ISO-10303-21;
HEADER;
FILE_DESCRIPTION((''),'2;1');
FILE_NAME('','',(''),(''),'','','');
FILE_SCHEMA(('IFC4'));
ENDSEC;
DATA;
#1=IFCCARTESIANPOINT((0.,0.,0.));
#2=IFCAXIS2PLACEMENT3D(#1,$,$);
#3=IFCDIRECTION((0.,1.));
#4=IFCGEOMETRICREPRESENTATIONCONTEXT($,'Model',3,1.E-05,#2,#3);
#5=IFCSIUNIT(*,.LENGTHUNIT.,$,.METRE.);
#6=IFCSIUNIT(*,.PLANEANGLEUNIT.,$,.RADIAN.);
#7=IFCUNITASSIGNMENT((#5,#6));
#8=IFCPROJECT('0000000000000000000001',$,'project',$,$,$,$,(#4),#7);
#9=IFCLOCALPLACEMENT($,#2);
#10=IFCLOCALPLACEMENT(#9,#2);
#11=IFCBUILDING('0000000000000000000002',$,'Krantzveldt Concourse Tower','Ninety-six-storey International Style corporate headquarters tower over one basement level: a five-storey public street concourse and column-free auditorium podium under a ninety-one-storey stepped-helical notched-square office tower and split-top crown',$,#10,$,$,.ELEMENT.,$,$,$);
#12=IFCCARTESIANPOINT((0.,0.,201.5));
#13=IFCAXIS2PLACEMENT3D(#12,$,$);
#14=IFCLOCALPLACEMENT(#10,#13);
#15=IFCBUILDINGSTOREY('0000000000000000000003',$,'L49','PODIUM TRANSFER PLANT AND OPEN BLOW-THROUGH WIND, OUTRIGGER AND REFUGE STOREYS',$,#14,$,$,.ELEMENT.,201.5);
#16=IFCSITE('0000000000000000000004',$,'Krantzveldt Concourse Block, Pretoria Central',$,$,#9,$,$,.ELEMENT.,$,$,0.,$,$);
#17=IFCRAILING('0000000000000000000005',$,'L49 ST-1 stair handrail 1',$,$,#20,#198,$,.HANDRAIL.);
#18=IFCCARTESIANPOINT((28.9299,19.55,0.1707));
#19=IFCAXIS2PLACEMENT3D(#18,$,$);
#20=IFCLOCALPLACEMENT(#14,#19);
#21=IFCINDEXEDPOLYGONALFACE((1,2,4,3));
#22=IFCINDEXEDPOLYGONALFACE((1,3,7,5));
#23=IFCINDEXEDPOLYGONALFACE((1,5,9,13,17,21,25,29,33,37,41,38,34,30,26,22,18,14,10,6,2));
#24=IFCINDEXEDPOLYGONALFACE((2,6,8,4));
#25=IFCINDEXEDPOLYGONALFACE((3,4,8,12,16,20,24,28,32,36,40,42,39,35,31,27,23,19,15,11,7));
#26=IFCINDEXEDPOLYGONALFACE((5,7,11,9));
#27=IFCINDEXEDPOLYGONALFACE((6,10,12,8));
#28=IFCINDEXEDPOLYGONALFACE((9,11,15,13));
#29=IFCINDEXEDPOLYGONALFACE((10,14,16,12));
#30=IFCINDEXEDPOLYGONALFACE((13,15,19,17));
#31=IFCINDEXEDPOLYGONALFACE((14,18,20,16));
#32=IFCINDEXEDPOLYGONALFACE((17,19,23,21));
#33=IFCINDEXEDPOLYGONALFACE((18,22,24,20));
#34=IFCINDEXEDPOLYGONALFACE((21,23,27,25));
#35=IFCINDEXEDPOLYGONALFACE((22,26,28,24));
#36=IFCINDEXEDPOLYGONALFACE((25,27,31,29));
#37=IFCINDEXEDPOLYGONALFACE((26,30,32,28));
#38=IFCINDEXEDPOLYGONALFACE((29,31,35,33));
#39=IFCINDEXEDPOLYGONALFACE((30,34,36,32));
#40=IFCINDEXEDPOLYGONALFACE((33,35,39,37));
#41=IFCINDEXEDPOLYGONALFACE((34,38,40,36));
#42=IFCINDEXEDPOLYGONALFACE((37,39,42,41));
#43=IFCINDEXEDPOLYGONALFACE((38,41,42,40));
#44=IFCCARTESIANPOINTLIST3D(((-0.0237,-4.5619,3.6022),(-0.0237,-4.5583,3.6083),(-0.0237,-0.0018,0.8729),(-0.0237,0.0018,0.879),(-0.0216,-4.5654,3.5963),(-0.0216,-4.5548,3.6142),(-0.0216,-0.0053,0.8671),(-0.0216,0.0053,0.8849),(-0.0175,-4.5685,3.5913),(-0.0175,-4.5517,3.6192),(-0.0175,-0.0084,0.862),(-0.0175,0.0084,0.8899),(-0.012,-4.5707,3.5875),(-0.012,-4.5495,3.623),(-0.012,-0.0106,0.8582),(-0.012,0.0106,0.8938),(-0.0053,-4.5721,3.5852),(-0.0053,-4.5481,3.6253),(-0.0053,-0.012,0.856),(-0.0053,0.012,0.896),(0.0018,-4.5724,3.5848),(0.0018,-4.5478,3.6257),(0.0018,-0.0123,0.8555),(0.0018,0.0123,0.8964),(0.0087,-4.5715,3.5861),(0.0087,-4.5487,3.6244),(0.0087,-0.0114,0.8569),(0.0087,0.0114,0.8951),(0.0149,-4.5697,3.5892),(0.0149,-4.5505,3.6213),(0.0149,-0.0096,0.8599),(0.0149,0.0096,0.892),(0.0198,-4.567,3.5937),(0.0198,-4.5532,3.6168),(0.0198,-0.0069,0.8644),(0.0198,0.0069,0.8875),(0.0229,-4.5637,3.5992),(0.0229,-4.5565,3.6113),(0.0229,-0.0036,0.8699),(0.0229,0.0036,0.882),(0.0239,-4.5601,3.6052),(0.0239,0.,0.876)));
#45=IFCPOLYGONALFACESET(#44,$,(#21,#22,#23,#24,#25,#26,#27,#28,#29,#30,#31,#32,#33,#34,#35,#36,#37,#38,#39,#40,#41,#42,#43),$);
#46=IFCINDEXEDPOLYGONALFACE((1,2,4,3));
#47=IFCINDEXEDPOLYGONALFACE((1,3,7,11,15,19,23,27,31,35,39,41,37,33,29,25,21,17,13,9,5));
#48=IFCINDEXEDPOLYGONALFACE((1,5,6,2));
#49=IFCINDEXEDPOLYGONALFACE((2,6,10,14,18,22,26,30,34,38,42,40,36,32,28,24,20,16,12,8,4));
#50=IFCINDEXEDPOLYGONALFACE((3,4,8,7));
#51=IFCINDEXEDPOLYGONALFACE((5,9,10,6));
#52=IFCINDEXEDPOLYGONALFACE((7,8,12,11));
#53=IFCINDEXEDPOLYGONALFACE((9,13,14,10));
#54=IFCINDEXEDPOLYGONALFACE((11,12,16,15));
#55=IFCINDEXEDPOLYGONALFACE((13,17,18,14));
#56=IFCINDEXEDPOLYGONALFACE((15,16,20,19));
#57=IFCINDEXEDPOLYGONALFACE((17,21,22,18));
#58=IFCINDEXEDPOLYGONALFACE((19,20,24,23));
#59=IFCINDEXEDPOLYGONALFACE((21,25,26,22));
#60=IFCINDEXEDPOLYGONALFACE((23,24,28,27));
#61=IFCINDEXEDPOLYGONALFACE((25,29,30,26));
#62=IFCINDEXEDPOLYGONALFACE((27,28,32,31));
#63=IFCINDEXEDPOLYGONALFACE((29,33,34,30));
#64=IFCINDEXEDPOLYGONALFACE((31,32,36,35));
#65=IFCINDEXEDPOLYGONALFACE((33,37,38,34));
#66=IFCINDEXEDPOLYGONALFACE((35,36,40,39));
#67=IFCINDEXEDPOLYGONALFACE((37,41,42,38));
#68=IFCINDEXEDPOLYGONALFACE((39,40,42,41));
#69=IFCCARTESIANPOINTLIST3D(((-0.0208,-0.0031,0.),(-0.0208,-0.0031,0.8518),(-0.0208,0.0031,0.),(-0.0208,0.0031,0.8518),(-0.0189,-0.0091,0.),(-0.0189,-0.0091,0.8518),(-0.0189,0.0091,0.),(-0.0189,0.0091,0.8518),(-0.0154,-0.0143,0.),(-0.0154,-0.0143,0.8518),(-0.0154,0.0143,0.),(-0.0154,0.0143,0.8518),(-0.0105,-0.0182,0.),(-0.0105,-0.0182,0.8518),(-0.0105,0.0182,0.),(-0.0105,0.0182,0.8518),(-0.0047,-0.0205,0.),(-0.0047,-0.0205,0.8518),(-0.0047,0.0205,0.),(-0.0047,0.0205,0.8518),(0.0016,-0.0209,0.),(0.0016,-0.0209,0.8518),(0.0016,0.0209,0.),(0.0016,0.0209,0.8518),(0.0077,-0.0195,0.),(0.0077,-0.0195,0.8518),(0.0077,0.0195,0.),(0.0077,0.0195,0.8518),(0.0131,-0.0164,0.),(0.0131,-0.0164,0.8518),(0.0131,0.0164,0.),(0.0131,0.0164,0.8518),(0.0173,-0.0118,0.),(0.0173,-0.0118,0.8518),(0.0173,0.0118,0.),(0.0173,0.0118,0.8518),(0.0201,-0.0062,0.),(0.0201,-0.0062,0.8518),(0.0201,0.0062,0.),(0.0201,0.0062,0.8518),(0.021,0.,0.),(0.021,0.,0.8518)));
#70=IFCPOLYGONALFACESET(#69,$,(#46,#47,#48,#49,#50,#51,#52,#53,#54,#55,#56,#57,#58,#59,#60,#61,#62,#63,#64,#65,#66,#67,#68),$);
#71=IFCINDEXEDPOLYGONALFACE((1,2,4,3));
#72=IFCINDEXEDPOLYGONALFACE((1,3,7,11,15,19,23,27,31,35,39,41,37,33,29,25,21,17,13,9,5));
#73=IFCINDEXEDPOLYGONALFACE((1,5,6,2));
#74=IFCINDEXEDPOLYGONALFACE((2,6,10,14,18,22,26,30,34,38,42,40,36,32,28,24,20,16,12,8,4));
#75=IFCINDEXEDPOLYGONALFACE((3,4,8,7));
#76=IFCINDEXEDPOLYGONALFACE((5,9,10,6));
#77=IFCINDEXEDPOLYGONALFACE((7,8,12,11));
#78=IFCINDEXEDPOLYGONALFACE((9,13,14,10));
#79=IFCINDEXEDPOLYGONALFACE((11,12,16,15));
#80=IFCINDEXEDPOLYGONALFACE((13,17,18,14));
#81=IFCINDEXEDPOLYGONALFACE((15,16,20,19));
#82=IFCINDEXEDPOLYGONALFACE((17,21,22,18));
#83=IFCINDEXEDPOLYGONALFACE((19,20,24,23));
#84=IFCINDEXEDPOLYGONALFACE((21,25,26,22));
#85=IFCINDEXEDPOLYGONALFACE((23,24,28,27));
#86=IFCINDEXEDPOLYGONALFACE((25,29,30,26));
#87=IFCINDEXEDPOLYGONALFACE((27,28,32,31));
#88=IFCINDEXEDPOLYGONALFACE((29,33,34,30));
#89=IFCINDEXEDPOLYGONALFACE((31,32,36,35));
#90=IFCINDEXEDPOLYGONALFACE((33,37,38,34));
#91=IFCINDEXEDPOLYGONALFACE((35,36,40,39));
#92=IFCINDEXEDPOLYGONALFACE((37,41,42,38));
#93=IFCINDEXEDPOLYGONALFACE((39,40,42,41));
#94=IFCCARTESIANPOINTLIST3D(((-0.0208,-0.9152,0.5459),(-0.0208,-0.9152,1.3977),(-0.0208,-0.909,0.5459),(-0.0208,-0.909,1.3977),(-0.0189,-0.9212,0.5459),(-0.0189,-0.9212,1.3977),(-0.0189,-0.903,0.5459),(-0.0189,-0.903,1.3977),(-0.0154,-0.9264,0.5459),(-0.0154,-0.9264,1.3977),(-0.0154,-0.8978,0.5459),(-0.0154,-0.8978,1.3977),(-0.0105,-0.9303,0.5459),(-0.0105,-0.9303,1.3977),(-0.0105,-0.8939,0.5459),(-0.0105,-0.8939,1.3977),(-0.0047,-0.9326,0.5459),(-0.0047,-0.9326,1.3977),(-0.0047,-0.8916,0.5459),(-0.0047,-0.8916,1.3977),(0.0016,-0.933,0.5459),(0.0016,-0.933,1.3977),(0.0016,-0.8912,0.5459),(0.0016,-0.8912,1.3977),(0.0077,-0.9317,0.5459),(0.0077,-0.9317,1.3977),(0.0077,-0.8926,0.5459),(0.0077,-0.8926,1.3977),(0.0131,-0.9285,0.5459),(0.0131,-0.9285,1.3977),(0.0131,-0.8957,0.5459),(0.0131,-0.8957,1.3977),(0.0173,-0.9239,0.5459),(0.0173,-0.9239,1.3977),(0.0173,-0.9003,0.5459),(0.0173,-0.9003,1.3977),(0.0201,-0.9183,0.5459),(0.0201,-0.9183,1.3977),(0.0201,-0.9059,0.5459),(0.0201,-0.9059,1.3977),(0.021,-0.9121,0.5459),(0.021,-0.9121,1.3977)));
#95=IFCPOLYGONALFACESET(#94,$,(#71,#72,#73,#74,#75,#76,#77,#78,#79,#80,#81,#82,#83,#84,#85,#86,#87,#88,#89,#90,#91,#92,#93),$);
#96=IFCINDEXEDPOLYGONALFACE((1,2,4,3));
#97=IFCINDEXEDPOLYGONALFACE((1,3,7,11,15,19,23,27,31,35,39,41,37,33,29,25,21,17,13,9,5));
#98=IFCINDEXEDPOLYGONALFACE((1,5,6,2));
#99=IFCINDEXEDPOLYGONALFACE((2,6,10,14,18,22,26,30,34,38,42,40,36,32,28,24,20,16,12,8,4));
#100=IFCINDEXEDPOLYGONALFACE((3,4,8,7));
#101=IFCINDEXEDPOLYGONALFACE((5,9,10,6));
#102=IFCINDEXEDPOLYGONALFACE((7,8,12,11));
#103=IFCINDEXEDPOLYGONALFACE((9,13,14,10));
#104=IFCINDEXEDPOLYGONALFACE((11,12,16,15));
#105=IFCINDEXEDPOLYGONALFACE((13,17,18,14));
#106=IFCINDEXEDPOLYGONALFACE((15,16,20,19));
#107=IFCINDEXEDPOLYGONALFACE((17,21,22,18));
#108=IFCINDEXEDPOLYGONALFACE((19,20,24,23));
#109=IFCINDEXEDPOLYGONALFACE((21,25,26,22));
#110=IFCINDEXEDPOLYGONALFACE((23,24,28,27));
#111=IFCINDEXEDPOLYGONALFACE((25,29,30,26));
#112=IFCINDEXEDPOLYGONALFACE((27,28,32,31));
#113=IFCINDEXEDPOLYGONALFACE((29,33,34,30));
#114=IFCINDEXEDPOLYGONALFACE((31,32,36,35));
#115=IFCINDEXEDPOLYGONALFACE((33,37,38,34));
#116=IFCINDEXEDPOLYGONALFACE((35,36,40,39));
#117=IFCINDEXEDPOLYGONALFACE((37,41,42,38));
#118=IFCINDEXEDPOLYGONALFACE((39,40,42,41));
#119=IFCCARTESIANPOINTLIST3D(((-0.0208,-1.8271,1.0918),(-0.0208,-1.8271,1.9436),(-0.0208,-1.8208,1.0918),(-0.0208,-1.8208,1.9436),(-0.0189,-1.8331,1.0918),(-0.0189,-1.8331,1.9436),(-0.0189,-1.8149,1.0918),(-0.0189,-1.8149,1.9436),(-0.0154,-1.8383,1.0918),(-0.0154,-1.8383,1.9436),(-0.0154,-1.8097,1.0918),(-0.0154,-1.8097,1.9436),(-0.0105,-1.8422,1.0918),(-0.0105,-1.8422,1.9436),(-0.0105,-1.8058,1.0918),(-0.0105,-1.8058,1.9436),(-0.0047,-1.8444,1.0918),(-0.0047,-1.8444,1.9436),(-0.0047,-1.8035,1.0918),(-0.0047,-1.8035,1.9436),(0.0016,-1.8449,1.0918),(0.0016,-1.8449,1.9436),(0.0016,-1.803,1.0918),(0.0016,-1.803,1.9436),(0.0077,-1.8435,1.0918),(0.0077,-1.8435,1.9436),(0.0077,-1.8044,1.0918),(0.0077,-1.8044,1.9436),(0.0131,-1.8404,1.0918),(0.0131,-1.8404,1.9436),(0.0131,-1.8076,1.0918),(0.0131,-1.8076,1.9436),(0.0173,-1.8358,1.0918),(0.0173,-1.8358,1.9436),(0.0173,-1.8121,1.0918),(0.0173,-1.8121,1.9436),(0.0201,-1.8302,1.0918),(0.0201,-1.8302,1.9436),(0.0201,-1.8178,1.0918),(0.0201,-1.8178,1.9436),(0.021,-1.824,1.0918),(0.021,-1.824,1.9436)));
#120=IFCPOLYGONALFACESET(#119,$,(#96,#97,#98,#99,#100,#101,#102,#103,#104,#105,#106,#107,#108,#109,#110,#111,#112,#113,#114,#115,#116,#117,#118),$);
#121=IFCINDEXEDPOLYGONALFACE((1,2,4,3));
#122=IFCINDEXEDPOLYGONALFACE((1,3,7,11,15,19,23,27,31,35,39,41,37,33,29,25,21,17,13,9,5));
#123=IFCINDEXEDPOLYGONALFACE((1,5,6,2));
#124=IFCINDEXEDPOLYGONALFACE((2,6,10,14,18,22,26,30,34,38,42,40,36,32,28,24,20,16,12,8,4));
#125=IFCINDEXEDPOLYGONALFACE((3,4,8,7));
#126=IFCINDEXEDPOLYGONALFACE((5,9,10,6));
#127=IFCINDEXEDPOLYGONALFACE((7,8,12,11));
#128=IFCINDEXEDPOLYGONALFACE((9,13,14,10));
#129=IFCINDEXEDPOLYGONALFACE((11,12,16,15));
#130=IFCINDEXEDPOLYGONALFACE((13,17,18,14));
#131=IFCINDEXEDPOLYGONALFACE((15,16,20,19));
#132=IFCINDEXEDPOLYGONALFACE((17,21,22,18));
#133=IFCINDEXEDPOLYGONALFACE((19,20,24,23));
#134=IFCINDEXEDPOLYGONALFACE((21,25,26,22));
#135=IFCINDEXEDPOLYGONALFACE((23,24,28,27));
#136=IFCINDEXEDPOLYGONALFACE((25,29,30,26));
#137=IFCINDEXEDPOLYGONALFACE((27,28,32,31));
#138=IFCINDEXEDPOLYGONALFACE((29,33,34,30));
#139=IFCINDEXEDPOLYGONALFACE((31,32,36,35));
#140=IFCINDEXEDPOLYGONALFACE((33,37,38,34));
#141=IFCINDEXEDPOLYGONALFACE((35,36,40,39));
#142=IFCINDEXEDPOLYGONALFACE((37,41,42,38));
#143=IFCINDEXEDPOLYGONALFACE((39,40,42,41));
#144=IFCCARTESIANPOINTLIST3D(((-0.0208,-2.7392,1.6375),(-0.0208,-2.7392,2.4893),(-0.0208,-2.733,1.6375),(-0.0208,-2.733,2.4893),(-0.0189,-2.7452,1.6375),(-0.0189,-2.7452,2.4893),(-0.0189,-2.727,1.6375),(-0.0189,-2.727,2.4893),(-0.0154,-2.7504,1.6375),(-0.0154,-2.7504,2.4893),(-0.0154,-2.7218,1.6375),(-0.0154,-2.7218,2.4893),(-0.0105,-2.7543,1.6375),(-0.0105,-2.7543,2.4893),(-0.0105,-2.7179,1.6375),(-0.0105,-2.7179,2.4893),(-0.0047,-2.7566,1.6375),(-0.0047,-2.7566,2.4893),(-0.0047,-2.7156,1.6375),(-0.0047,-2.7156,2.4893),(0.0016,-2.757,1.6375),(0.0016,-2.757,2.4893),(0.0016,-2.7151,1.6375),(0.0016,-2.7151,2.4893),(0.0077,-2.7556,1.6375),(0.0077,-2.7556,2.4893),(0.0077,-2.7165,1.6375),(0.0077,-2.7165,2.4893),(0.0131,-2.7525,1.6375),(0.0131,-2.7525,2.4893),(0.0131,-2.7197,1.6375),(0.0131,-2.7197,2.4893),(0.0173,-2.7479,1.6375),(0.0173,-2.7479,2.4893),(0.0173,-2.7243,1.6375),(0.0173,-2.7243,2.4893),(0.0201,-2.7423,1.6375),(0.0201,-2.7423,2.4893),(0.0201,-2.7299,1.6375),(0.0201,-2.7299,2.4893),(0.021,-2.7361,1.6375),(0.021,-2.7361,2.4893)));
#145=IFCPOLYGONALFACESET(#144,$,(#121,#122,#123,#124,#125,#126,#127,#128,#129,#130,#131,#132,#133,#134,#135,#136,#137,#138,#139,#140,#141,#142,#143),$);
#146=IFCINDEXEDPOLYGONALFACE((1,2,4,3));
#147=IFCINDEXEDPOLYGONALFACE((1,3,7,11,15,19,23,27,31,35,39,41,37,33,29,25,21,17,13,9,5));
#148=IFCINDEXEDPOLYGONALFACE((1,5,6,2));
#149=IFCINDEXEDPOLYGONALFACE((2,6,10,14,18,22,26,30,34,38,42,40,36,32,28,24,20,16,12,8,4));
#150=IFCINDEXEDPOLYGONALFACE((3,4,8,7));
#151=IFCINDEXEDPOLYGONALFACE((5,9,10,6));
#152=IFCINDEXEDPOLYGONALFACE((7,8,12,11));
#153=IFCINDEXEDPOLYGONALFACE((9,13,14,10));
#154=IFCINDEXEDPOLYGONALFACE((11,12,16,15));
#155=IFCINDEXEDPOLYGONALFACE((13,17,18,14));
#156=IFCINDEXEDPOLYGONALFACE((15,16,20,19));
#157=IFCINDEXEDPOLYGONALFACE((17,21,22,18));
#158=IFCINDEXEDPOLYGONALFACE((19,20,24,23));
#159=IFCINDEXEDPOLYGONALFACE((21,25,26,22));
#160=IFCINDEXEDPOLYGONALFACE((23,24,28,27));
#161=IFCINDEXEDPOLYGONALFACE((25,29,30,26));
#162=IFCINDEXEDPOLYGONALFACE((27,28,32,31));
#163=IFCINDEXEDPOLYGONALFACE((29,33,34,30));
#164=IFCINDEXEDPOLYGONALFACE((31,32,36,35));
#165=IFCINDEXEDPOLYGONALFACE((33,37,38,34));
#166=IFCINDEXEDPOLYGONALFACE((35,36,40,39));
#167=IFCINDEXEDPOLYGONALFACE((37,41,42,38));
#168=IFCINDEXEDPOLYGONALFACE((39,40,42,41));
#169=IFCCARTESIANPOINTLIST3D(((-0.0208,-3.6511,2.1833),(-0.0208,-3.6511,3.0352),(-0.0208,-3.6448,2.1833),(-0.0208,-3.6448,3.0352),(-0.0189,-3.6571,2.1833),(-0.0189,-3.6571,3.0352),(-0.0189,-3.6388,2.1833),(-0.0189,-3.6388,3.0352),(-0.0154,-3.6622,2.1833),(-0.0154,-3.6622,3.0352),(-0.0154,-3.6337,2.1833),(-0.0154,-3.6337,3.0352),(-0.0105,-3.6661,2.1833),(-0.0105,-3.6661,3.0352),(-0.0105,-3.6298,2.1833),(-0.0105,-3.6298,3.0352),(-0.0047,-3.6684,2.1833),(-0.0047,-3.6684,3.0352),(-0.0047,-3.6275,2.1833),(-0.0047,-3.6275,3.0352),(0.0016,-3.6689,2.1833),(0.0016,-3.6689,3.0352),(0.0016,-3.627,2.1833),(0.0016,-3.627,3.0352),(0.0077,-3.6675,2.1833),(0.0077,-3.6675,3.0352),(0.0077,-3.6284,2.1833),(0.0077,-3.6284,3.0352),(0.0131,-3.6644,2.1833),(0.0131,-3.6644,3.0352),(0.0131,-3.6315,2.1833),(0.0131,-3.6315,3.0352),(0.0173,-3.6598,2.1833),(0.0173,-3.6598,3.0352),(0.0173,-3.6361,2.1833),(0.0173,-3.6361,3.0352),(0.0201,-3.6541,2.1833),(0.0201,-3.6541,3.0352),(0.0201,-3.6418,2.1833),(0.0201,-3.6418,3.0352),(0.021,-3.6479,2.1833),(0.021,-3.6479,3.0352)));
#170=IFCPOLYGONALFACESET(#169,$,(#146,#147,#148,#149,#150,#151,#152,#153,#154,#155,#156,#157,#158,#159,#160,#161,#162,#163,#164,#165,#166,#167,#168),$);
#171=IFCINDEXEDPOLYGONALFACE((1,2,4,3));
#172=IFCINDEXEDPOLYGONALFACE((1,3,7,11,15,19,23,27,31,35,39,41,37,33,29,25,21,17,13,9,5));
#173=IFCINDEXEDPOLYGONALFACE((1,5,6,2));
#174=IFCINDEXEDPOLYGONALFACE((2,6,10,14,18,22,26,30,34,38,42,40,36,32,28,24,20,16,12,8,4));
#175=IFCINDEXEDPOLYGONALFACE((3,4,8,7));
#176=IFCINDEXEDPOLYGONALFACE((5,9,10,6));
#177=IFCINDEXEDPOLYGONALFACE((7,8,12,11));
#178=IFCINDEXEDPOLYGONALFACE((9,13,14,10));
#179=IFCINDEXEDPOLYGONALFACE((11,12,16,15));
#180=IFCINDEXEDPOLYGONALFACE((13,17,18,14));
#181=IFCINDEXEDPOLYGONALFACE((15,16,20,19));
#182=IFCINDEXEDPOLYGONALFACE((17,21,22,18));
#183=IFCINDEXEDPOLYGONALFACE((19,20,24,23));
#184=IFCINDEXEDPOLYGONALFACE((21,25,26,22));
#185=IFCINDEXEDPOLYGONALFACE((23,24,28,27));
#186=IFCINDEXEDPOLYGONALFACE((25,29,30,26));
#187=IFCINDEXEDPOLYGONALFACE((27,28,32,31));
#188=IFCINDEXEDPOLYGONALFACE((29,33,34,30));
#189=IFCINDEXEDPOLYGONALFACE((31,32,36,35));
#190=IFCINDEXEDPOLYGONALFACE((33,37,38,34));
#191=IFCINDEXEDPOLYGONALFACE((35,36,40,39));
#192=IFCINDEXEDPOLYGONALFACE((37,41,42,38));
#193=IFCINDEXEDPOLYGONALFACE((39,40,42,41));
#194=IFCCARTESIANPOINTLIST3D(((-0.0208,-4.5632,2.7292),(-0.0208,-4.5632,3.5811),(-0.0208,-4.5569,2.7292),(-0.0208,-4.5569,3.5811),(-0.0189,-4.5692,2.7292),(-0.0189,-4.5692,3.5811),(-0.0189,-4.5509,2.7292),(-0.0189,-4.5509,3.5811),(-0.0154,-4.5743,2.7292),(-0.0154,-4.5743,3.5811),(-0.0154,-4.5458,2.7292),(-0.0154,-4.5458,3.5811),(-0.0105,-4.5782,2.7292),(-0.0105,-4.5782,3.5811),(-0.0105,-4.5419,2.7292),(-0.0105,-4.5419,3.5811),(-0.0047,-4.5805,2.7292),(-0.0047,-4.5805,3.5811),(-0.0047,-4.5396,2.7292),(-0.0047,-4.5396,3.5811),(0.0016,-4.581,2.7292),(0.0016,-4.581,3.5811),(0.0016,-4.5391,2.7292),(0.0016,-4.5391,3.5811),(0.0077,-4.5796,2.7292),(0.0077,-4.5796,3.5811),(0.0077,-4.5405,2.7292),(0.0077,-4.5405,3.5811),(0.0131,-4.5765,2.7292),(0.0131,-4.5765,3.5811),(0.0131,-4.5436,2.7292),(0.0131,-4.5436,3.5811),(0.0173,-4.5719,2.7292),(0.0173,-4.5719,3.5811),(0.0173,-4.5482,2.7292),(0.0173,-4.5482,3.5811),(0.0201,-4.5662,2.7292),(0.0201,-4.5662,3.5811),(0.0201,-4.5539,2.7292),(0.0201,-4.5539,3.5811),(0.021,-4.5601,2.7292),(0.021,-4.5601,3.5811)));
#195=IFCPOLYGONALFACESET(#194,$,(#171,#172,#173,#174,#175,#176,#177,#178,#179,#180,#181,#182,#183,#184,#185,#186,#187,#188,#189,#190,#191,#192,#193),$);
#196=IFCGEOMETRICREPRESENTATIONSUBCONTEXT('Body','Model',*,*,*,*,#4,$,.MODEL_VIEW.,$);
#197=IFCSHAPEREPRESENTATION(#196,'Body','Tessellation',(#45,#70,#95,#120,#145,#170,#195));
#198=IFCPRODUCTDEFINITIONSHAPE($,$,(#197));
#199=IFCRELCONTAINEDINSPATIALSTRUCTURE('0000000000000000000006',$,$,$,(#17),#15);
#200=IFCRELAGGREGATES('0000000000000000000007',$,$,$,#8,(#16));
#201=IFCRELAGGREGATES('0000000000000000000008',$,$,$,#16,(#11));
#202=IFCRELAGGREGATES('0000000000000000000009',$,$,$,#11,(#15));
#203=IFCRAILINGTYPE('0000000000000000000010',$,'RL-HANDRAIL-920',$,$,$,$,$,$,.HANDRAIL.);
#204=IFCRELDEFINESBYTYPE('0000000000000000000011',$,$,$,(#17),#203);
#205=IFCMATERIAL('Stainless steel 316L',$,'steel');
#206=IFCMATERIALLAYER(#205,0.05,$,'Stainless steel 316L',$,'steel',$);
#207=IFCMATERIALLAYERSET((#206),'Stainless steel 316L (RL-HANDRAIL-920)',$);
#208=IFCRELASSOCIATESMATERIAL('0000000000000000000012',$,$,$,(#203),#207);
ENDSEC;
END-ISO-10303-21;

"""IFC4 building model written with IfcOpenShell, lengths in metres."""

from ifc_helpers import new_model, si_unit, direction, frame, origin, origin_2d, place, context, subcontext, project, spatial, circle, extrude, material, layer, layer_set, type_object, element, save


model = new_model("IFC4")

# Units and contexts
model_context = context("Model", 3, precision=1e-05, world=origin(), true_north=direction((0.0, 1.0)))
body_context = subcontext(model_context, "Body", "Model", "MODEL_VIEW")
ifc_project = project(units=[si_unit("LENGTHUNIT", "METRE"), si_unit("PLANEANGLEUNIT", "RADIAN")], contexts=[model_context])

# Site, building, storey
site_placement = place(None, origin())
site = spatial("IfcSite", under=ifc_project, at=site_placement, Name="Krantzveldt Concourse Block, Pretoria Central", CompositionType="ELEMENT", RefElevation=0.0)
building_placement = place(site_placement, origin())
building = spatial("IfcBuilding", under=site, at=building_placement, Name="Krantzveldt Concourse Tower", Description="Ninety-six-storey International Style corporate headquarters tower over one basement level: a five-storey public street concourse and column-free auditorium podium under a ninety-one-storey stepped-helical notched-square office tower and split-top crown", CompositionType="ELEMENT")
storey_placement = place(building_placement, frame((0.0, 0.0, 201.5)))
storey = spatial("IfcBuildingStorey", under=building, at=storey_placement, Name="L49", Description="PODIUM TRANSFER PLANT AND OPEN BLOW-THROUGH WIND, OUTRIGGER AND REFUGE STOREYS", CompositionType="ELEMENT", Elevation=201.5)

# Railing
ifc_material_1 = material(Name="Stainless steel 316L", Category="steel")
ifc_layer_1 = layer(ifc_material_1, 0.05, Name="Stainless steel 316L", Category="steel")
ifc_layer_set_1 = layer_set([ifc_layer_1], Name="Stainless steel 316L (RL-HANDRAIL-920)")
railing_type_1 = type_object("IfcRailingType", Name="RL-HANDRAIL-920", PredefinedType="HANDRAIL", material=ifc_layer_set_1)
railing_1_placement = place(storey_placement, frame((28.9299, 19.55, 0.1707)))
element("IfcRailing", 1, at=railing_1_placement, inside=storey, type_object=railing_type_1, Name="L49 ST-1 stair handrail 1", PredefinedType="HANDRAIL", context=body_context, shape_type="SweptSolid", body=[
    extrude(circle(Radius=0.0239, at=origin_2d()), frame((0.0, 0.0, 0.876), z_axis=(0.0, -0.858056, 0.513556), x_axis=(1.0, 0.0, 0.0)), (0.0, 0.0, 1.0), 5.3145),
    extrude(circle(Radius=0.021, at=origin_2d()), origin(), (0.0, 0.0, 1.0), 0.8518),
    extrude(circle(Radius=0.021, at=origin_2d()), frame((0.0, -0.9121, 0.5459)), (0.0, 0.0, 1.0), 0.8518),
    extrude(circle(Radius=0.021, at=origin_2d()), frame((0.0, -1.824, 1.0918)), (0.0, 0.0, 1.0), 0.8518),
    extrude(circle(Radius=0.021, at=origin_2d()), frame((0.0, -2.7361, 1.6375)), (0.0, 0.0, 1.0), 0.8518),
    extrude(circle(Radius=0.021, at=origin_2d()), frame((0.0, -3.6479, 2.1833)), (0.0, 0.0, 1.0), 0.8518),
    extrude(circle(Radius=0.021, at=origin_2d()), frame((0.0, -4.5601, 2.7292)), (0.0, 0.0, 1.0), 0.8518),
])

save(model, "model.ifc")
